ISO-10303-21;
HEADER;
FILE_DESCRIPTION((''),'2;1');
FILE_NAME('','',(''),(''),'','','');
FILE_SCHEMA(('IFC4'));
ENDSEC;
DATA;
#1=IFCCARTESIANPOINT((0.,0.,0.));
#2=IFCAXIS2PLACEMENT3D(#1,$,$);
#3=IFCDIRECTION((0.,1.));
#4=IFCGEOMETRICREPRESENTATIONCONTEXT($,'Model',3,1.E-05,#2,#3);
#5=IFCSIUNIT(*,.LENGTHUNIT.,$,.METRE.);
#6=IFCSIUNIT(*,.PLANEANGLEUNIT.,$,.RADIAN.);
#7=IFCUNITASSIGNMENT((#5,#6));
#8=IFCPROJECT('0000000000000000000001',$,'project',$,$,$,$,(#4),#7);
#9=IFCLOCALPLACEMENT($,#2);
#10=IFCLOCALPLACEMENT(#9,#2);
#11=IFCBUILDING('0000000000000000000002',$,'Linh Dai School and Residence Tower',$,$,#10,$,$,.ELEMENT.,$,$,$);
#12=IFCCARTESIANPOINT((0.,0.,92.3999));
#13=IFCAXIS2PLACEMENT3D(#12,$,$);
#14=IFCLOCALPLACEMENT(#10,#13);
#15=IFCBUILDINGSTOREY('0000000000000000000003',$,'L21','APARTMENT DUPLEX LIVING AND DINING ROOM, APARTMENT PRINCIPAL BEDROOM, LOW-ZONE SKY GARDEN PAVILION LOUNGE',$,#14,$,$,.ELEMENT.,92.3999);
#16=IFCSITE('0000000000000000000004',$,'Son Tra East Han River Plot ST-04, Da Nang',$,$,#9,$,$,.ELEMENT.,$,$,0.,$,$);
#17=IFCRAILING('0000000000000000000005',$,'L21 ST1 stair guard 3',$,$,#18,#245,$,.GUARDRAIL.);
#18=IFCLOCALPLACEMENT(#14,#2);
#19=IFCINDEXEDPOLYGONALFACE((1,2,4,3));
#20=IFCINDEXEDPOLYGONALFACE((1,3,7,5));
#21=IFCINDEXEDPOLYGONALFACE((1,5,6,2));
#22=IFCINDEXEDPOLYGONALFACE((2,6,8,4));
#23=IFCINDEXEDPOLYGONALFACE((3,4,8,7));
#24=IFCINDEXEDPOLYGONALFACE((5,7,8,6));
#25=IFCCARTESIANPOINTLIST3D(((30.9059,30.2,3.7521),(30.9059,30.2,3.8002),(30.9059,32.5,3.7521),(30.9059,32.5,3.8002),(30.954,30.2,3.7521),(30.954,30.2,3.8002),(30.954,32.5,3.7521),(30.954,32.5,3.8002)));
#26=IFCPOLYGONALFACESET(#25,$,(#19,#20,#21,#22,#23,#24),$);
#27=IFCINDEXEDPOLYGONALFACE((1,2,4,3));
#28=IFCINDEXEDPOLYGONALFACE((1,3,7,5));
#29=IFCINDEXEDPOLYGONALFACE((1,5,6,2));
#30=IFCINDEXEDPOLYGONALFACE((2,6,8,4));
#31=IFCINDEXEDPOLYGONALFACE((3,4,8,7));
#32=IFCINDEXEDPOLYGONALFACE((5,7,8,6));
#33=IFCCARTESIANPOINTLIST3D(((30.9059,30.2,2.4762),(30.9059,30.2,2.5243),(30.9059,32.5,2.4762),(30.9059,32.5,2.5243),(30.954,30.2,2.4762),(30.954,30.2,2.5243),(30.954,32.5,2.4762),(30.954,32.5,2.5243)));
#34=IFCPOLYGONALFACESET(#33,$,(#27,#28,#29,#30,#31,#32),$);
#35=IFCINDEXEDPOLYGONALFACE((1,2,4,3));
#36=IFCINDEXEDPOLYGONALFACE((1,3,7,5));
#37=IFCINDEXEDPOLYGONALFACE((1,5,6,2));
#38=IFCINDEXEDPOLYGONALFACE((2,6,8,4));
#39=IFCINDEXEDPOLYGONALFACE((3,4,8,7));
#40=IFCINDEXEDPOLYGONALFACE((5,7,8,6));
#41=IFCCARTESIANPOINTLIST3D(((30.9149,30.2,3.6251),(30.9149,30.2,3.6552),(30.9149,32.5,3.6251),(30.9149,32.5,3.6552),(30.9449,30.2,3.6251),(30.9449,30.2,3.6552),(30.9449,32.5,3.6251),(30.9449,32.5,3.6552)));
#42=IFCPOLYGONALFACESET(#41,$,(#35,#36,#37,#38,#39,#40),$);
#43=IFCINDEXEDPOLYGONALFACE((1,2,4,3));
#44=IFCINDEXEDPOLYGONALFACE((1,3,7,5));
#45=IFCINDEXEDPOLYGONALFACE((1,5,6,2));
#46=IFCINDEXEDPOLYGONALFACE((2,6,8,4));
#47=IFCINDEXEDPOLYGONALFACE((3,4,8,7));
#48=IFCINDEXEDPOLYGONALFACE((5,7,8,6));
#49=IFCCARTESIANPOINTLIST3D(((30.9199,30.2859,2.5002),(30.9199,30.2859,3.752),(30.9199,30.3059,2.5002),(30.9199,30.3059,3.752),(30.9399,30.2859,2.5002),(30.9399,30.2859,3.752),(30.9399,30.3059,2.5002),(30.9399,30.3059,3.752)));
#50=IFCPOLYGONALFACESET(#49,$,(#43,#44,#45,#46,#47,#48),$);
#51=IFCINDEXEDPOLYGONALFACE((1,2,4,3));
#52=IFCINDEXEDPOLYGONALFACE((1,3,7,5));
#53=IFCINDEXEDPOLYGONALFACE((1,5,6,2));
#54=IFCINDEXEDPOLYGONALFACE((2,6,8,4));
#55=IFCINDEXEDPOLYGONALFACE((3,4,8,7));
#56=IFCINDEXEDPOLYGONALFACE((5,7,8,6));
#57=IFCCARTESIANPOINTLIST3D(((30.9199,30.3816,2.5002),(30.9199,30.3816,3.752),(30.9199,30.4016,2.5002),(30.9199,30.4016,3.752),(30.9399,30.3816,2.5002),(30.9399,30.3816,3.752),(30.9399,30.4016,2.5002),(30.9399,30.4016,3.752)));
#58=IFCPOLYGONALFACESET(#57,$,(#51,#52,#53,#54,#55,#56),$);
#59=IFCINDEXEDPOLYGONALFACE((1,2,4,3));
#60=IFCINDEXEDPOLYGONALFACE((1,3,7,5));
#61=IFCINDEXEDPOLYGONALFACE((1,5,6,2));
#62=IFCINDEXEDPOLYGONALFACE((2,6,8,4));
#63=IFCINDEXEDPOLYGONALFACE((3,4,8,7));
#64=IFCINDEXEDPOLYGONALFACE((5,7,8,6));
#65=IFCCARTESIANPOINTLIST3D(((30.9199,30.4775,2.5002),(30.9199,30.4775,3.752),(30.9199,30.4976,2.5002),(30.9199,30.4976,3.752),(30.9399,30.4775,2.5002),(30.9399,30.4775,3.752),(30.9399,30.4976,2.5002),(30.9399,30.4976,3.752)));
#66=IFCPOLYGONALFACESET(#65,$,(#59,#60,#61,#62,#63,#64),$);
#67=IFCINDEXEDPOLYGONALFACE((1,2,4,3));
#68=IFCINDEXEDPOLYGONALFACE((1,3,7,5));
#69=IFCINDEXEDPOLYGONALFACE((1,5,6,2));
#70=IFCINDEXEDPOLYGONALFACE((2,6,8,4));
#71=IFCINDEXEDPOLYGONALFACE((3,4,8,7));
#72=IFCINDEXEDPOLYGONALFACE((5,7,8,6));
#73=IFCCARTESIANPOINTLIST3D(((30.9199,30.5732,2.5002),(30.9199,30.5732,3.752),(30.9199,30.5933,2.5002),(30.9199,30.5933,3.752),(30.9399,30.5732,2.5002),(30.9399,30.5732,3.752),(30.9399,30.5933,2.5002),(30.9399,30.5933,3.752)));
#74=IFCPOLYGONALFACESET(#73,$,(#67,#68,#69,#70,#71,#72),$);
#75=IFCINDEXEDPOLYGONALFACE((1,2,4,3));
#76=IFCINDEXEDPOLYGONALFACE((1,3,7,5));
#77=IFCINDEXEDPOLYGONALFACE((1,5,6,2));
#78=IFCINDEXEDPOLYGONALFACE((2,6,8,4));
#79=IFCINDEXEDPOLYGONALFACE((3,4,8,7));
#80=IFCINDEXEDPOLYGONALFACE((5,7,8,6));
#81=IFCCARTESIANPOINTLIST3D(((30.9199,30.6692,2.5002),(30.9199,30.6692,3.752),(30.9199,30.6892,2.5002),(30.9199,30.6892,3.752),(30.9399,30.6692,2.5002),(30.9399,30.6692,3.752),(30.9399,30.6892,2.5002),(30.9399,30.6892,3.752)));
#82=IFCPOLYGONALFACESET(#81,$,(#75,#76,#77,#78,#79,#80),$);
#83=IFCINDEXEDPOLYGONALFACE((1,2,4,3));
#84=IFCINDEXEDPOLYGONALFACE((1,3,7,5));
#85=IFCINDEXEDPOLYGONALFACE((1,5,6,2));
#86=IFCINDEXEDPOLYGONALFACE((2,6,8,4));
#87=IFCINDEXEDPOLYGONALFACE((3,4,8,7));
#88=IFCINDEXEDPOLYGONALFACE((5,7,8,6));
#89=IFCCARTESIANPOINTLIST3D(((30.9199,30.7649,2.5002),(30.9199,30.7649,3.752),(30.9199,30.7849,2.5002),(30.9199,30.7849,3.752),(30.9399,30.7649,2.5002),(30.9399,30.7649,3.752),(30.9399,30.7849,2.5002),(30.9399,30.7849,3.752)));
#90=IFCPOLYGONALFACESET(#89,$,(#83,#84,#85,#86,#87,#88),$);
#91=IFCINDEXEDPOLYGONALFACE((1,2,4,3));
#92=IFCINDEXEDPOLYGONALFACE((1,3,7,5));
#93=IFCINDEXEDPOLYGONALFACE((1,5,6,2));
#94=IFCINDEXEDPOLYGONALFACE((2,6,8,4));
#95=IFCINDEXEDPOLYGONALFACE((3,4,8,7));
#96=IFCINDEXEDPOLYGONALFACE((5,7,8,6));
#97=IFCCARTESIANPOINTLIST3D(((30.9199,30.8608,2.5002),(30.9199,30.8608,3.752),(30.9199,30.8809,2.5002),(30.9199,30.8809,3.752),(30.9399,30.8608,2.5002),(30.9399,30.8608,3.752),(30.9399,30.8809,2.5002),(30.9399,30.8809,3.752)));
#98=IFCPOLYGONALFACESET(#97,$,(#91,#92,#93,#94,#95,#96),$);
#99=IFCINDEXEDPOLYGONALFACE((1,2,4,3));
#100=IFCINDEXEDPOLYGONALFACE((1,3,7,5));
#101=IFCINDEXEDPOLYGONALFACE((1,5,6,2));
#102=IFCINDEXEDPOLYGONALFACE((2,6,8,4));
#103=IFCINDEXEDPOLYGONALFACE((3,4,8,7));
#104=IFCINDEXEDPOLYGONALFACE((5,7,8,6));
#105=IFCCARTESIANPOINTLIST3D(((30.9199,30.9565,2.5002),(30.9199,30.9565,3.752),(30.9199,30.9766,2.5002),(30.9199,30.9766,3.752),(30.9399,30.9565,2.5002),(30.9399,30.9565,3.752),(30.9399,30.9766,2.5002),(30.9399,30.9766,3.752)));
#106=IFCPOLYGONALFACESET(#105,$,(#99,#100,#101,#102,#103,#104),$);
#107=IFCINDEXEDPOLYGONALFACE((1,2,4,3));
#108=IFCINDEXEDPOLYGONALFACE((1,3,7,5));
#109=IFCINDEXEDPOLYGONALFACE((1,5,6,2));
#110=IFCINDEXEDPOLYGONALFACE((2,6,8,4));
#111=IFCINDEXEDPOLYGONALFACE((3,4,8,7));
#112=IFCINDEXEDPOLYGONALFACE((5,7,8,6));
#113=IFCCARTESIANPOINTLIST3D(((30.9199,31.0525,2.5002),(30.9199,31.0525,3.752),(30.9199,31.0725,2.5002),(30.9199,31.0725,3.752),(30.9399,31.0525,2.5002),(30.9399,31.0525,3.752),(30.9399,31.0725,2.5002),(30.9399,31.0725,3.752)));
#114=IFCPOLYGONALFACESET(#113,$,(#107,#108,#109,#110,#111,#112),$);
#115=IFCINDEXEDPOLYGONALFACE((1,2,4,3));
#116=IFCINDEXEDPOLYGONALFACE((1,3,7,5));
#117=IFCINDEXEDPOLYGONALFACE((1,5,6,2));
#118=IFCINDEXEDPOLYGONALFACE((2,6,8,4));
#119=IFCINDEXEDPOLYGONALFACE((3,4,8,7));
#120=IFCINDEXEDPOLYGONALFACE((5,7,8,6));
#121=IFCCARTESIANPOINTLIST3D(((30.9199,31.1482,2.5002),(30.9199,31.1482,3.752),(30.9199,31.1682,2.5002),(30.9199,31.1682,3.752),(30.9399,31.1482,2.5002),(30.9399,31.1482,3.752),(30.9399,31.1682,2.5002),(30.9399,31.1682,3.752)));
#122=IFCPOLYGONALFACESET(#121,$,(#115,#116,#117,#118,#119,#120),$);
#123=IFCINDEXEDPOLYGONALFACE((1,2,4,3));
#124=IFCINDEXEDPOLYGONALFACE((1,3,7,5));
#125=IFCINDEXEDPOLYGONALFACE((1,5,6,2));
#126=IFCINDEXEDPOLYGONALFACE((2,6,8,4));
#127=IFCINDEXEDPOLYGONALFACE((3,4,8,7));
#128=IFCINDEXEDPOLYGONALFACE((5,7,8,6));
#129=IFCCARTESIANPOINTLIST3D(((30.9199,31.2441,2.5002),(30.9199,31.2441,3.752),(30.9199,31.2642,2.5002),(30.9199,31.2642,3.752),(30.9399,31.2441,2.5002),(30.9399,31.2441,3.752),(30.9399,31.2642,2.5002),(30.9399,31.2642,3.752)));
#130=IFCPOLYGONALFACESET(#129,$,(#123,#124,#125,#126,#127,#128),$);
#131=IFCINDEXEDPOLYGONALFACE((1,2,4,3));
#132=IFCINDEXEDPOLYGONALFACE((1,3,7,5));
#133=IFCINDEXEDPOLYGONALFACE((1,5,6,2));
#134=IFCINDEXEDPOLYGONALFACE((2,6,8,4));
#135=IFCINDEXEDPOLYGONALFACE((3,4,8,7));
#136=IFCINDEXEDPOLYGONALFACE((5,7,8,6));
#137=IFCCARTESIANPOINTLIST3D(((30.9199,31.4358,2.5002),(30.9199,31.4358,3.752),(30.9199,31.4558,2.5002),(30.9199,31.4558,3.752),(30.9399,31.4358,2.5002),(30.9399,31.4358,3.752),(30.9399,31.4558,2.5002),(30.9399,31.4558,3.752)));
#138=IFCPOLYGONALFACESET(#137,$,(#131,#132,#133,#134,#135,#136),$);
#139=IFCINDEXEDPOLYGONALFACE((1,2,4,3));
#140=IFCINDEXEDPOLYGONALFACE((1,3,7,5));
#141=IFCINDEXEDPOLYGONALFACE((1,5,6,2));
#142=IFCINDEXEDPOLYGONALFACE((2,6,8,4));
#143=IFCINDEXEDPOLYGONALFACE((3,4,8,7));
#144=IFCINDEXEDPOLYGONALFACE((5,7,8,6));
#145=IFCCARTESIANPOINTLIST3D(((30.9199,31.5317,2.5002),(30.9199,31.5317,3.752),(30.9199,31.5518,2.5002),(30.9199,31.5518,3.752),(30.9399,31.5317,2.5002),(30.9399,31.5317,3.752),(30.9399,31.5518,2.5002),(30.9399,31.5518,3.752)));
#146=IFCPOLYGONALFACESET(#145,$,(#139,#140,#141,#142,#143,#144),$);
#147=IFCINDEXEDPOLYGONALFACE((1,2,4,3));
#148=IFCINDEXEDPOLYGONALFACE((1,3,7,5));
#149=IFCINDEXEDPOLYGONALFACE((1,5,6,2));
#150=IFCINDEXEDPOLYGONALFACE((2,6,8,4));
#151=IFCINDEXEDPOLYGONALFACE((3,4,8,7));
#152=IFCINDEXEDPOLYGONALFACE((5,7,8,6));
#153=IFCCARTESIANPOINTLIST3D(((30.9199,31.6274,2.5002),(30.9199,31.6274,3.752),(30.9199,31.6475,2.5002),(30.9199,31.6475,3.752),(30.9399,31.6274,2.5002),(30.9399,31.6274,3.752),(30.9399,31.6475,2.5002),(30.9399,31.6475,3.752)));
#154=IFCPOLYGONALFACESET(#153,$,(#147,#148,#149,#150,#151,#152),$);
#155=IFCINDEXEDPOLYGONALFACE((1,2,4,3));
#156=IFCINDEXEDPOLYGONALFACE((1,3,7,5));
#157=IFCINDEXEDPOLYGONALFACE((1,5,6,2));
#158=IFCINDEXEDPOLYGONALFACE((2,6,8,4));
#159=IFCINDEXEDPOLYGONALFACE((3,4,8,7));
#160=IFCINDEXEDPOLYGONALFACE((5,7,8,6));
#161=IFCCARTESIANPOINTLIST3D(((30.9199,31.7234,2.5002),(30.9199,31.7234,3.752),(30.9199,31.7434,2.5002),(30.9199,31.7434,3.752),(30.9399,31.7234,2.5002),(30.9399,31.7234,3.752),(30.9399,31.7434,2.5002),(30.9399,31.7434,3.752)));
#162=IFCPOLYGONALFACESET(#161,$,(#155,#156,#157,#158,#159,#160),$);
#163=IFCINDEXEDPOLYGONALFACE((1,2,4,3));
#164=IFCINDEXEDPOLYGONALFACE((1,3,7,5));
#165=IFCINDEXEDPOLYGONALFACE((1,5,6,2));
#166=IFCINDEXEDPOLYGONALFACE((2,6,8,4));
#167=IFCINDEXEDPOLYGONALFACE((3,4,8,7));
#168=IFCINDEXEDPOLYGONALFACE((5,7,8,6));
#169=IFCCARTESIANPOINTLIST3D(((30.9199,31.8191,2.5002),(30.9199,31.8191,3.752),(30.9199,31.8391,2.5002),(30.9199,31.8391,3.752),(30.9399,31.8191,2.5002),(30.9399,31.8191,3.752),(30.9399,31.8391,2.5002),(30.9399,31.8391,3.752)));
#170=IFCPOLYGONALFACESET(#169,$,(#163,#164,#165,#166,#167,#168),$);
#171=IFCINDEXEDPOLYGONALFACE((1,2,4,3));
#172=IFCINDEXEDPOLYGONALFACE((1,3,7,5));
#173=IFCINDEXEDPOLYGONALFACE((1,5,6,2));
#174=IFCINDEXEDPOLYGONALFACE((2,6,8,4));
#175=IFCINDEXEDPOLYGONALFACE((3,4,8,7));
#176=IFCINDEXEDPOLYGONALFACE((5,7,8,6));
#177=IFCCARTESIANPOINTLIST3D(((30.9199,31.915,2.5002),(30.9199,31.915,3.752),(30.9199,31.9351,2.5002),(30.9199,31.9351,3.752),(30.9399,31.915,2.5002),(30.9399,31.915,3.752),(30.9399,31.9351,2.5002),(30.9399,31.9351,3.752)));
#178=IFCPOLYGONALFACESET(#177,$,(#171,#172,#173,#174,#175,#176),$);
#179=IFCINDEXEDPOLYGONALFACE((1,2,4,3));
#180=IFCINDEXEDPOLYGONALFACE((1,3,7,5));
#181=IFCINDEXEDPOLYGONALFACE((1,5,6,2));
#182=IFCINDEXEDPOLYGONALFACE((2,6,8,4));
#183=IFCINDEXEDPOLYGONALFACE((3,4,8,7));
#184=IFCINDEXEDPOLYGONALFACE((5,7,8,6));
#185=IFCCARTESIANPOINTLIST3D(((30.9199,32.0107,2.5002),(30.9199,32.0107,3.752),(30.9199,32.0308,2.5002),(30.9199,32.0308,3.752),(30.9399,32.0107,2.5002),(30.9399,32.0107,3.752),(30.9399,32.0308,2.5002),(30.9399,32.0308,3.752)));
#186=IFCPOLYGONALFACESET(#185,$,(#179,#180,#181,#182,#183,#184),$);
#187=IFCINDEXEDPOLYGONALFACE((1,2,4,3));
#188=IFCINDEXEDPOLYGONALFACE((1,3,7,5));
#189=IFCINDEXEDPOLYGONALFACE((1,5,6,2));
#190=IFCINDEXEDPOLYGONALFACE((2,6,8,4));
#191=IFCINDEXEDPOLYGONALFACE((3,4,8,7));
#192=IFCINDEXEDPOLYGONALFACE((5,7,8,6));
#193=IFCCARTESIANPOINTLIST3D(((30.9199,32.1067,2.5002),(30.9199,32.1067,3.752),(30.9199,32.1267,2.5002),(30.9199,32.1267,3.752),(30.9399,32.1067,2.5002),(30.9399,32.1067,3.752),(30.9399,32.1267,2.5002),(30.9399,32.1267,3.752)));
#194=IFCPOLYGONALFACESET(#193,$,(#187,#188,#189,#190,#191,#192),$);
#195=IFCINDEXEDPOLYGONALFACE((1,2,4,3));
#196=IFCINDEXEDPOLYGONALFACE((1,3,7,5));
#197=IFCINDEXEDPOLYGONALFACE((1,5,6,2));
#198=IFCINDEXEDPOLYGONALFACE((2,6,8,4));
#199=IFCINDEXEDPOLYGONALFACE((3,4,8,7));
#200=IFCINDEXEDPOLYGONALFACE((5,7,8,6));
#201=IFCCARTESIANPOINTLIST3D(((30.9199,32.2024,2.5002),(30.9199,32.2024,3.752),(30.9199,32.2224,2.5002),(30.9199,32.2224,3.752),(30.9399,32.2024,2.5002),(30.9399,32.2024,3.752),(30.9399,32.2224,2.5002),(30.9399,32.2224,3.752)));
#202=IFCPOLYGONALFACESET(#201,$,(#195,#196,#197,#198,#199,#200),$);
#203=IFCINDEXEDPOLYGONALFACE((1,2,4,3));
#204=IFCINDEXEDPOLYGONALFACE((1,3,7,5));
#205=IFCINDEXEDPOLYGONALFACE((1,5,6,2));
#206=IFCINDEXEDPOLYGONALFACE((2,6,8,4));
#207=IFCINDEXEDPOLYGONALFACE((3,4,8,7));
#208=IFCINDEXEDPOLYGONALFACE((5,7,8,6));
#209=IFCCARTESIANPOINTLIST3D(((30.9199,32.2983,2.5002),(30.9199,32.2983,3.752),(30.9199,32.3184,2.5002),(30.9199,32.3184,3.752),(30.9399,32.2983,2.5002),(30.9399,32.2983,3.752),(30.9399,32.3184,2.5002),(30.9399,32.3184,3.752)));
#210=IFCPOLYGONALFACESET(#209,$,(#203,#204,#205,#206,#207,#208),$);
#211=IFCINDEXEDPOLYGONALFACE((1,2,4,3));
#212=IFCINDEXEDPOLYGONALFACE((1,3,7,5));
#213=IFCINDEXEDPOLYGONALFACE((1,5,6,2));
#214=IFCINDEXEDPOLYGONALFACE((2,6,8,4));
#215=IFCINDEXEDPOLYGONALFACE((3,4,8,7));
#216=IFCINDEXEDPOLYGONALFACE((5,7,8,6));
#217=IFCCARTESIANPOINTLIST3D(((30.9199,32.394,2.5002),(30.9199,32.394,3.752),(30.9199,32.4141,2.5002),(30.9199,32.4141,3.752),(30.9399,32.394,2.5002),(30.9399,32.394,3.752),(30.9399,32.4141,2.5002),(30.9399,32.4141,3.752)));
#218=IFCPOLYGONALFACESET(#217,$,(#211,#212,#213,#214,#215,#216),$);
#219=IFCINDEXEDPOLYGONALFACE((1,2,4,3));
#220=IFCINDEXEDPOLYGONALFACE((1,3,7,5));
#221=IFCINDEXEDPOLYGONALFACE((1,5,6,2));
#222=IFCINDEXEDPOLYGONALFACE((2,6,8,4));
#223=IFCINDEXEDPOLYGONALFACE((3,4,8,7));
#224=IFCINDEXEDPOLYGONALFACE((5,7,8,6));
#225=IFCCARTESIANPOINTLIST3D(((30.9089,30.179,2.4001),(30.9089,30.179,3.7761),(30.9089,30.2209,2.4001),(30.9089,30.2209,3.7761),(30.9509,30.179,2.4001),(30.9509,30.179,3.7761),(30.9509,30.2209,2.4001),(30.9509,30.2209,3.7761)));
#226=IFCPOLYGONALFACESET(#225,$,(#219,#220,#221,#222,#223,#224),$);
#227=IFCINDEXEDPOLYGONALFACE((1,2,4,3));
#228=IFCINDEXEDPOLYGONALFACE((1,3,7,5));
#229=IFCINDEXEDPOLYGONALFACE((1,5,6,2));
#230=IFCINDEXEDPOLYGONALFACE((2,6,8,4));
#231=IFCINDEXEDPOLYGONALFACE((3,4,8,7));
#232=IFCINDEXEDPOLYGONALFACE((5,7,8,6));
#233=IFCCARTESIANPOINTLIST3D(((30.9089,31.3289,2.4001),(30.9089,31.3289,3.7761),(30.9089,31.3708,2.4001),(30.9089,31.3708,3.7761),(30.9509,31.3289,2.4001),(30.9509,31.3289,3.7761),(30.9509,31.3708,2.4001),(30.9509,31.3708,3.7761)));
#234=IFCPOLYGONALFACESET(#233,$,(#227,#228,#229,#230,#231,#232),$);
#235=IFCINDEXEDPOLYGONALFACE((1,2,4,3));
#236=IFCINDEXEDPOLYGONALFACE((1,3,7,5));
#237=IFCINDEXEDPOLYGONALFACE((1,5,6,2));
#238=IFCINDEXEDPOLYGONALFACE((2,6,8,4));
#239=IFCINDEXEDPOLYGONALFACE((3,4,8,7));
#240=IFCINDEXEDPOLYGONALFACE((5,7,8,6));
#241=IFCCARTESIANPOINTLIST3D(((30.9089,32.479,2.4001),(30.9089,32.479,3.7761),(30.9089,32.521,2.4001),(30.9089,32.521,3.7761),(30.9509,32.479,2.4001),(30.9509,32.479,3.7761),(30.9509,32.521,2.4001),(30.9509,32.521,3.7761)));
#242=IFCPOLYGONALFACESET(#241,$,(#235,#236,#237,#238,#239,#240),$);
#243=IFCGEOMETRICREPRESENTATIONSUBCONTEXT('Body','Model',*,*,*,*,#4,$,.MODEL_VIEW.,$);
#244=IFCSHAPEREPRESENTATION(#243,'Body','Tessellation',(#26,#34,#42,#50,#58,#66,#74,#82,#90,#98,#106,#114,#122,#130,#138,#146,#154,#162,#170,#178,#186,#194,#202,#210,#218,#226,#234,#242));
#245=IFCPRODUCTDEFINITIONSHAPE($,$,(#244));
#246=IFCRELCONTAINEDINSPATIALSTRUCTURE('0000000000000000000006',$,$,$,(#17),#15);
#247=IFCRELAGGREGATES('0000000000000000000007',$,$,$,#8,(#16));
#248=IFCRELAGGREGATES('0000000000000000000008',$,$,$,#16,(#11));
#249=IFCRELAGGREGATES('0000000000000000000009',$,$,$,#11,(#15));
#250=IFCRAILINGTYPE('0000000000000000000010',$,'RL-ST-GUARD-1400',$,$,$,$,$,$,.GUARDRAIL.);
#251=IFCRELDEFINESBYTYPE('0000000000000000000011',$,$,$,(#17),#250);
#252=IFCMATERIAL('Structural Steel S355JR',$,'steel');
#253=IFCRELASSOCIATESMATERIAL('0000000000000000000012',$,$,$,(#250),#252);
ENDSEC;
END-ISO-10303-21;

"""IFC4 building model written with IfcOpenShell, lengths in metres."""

from ifc_helpers import new_model, si_unit, direction, frame, origin, origin_2d, place, context, subcontext, project, spatial, rectangle, extrude, source, transform, mapped, material, type_object, element, save


model = new_model("IFC4")

# Units and contexts
model_context = context("Model", 3, precision=1e-05, world=origin(), true_north=direction((0.0, 1.0)))
body_context = subcontext(model_context, "Body", "Model", "MODEL_VIEW")
ifc_project = project(units=[si_unit("LENGTHUNIT", "METRE"), si_unit("PLANEANGLEUNIT", "RADIAN")], contexts=[model_context])

# Site, building, storey
site_placement = place(None, origin())
site = spatial("IfcSite", under=ifc_project, at=site_placement, Name="Son Tra East Han River Plot ST-04, Da Nang", CompositionType="ELEMENT", RefElevation=0.0)
building_placement = place(site_placement, origin())
building = spatial("IfcBuilding", under=site, at=building_placement, Name="Linh Dai School and Residence Tower", CompositionType="ELEMENT")
storey_placement = place(building_placement, frame((0.0, 0.0, 92.3999)))
storey = spatial("IfcBuildingStorey", under=building, at=storey_placement, Name="L21", Description="APARTMENT DUPLEX LIVING AND DINING ROOM, APARTMENT PRINCIPAL BEDROOM, LOW-ZONE SKY GARDEN PAVILION LOUNGE", CompositionType="ELEMENT", Elevation=92.3999)

# Shared definitions
ifc_material_1 = material(Name="Structural Steel S355JR", Category="steel")

# Railing
railing_type_1 = type_object("IfcRailingType", Name="RL-ST-GUARD-1400", PredefinedType="GUARDRAIL", material=ifc_material_1)
shared_shape_1 = source(origin(), body_context, "Body", "SweptSolid", [
    extrude(rectangle(XDim=0.0481, YDim=0.0481, at=origin_2d()), frame((0.0, 0.0, 1.376), z_axis=(0.0, 1.0, 0.0), x_axis=(-1.0, 0.0, 0.0)), (0.0, 0.0, 1.0), 2.3),
    extrude(rectangle(XDim=0.0481, YDim=0.0481, at=origin_2d()), frame((0.0, 0.0, 0.1001), z_axis=(0.0, 1.0, 0.0), x_axis=(-1.0, 0.0, 0.0)), (0.0, 0.0, 1.0), 2.3),
    extrude(rectangle(XDim=0.03, YDim=0.03, at=origin_2d()), frame((0.0, 0.0, 1.24), z_axis=(0.0, 1.0, 0.0), x_axis=(-1.0, 0.0, 0.0)), (0.0, 0.0, 1.0), 2.3),
    extrude(rectangle(XDim=0.02, YDim=0.02, at=origin_2d()), frame((0.0, 0.0959, 0.1001)), (0.0, 0.0, 1.0), 1.2517),
    extrude(rectangle(XDim=0.02, YDim=0.02, at=origin_2d()), frame((0.0, 0.1917, 0.1001)), (0.0, 0.0, 1.0), 1.2517),
    extrude(rectangle(XDim=0.02, YDim=0.02, at=origin_2d()), frame((0.0, 0.2876, 0.1001)), (0.0, 0.0, 1.0), 1.2517),
    extrude(rectangle(XDim=0.02, YDim=0.02, at=origin_2d()), frame((0.0, 0.3833, 0.1001)), (0.0, 0.0, 1.0), 1.2517),
    extrude(rectangle(XDim=0.02, YDim=0.02, at=origin_2d()), frame((0.0, 0.4792, 0.1001)), (0.0, 0.0, 1.0), 1.2517),
    extrude(rectangle(XDim=0.02, YDim=0.02, at=origin_2d()), frame((0.0, 0.575, 0.1001)), (0.0, 0.0, 1.0), 1.2517),
    extrude(rectangle(XDim=0.02, YDim=0.02, at=origin_2d()), frame((0.0, 0.6709, 0.1001)), (0.0, 0.0, 1.0), 1.2517),
    extrude(rectangle(XDim=0.02, YDim=0.02, at=origin_2d()), frame((0.0, 0.7666, 0.1001)), (0.0, 0.0, 1.0), 1.2517),
    extrude(rectangle(XDim=0.02, YDim=0.02, at=origin_2d()), frame((0.0, 0.8625, 0.1001)), (0.0, 0.0, 1.0), 1.2517),
    extrude(rectangle(XDim=0.02, YDim=0.02, at=origin_2d()), frame((0.0, 0.9583, 0.1001)), (0.0, 0.0, 1.0), 1.2517),
    extrude(rectangle(XDim=0.02, YDim=0.02, at=origin_2d()), frame((0.0, 1.0542, 0.1001)), (0.0, 0.0, 1.0), 1.2517),
    extrude(rectangle(XDim=0.02, YDim=0.02, at=origin_2d()), frame((0.0, 1.2458, 0.1001)), (0.0, 0.0, 1.0), 1.2517),
    extrude(rectangle(XDim=0.02, YDim=0.02, at=origin_2d()), frame((0.0, 1.3418, 0.1001)), (0.0, 0.0, 1.0), 1.2517),
    extrude(rectangle(XDim=0.02, YDim=0.02, at=origin_2d()), frame((0.0, 1.4375, 0.1001)), (0.0, 0.0, 1.0), 1.2517),
    extrude(rectangle(XDim=0.02, YDim=0.02, at=origin_2d()), frame((0.0, 1.5334, 0.1001)), (0.0, 0.0, 1.0), 1.2517),
    extrude(rectangle(XDim=0.02, YDim=0.02, at=origin_2d()), frame((0.0, 1.6292, 0.1001)), (0.0, 0.0, 1.0), 1.2517),
    extrude(rectangle(XDim=0.02, YDim=0.02, at=origin_2d()), frame((0.0, 1.7251, 0.1001)), (0.0, 0.0, 1.0), 1.2517),
    extrude(rectangle(XDim=0.02, YDim=0.02, at=origin_2d()), frame((0.0, 1.8208, 0.1001)), (0.0, 0.0, 1.0), 1.2517),
    extrude(rectangle(XDim=0.02, YDim=0.02, at=origin_2d()), frame((0.0, 1.9167, 0.1001)), (0.0, 0.0, 1.0), 1.2517),
    extrude(rectangle(XDim=0.02, YDim=0.02, at=origin_2d()), frame((0.0, 2.0125, 0.1001)), (0.0, 0.0, 1.0), 1.2517),
    extrude(rectangle(XDim=0.02, YDim=0.02, at=origin_2d()), frame((0.0, 2.1084, 0.1001)), (0.0, 0.0, 1.0), 1.2517),
    extrude(rectangle(XDim=0.02, YDim=0.02, at=origin_2d()), frame((0.0, 2.2041, 0.1001)), (0.0, 0.0, 1.0), 1.2517),
    extrude(rectangle(XDim=0.042, YDim=0.042, at=origin_2d()), origin(), (0.0, 0.0, 1.0), 1.376),
    extrude(rectangle(XDim=0.042, YDim=0.042, at=origin_2d()), frame((0.0, 1.1499, 0.0)), (0.0, 0.0, 1.0), 1.376),
    extrude(rectangle(XDim=0.042, YDim=0.042, at=origin_2d()), frame((0.0, 2.3, 0.0)), (0.0, 0.0, 1.0), 1.376),
])
for number, where, name in (
    (1, (30.9299, 30.2, 2.4001), "L21 ST1 stair guard 3"),
):
    element("IfcRailing", number, at=place(storey_placement, frame(where)), inside=storey, type_object=railing_type_1, Name=name, PredefinedType="GUARDRAIL", context=body_context, shape_type="MappedRepresentation", body=[
        mapped(shared_shape_1, transform((0.0, 0.0, 0.0), x_axis=(1.0, 0.0, 0.0), y_axis=(0.0, 1.0, 0.0), z_axis=(0.0, 0.0, 1.0), scale=1.0)),
    ])

save(model, "model.ifc")
